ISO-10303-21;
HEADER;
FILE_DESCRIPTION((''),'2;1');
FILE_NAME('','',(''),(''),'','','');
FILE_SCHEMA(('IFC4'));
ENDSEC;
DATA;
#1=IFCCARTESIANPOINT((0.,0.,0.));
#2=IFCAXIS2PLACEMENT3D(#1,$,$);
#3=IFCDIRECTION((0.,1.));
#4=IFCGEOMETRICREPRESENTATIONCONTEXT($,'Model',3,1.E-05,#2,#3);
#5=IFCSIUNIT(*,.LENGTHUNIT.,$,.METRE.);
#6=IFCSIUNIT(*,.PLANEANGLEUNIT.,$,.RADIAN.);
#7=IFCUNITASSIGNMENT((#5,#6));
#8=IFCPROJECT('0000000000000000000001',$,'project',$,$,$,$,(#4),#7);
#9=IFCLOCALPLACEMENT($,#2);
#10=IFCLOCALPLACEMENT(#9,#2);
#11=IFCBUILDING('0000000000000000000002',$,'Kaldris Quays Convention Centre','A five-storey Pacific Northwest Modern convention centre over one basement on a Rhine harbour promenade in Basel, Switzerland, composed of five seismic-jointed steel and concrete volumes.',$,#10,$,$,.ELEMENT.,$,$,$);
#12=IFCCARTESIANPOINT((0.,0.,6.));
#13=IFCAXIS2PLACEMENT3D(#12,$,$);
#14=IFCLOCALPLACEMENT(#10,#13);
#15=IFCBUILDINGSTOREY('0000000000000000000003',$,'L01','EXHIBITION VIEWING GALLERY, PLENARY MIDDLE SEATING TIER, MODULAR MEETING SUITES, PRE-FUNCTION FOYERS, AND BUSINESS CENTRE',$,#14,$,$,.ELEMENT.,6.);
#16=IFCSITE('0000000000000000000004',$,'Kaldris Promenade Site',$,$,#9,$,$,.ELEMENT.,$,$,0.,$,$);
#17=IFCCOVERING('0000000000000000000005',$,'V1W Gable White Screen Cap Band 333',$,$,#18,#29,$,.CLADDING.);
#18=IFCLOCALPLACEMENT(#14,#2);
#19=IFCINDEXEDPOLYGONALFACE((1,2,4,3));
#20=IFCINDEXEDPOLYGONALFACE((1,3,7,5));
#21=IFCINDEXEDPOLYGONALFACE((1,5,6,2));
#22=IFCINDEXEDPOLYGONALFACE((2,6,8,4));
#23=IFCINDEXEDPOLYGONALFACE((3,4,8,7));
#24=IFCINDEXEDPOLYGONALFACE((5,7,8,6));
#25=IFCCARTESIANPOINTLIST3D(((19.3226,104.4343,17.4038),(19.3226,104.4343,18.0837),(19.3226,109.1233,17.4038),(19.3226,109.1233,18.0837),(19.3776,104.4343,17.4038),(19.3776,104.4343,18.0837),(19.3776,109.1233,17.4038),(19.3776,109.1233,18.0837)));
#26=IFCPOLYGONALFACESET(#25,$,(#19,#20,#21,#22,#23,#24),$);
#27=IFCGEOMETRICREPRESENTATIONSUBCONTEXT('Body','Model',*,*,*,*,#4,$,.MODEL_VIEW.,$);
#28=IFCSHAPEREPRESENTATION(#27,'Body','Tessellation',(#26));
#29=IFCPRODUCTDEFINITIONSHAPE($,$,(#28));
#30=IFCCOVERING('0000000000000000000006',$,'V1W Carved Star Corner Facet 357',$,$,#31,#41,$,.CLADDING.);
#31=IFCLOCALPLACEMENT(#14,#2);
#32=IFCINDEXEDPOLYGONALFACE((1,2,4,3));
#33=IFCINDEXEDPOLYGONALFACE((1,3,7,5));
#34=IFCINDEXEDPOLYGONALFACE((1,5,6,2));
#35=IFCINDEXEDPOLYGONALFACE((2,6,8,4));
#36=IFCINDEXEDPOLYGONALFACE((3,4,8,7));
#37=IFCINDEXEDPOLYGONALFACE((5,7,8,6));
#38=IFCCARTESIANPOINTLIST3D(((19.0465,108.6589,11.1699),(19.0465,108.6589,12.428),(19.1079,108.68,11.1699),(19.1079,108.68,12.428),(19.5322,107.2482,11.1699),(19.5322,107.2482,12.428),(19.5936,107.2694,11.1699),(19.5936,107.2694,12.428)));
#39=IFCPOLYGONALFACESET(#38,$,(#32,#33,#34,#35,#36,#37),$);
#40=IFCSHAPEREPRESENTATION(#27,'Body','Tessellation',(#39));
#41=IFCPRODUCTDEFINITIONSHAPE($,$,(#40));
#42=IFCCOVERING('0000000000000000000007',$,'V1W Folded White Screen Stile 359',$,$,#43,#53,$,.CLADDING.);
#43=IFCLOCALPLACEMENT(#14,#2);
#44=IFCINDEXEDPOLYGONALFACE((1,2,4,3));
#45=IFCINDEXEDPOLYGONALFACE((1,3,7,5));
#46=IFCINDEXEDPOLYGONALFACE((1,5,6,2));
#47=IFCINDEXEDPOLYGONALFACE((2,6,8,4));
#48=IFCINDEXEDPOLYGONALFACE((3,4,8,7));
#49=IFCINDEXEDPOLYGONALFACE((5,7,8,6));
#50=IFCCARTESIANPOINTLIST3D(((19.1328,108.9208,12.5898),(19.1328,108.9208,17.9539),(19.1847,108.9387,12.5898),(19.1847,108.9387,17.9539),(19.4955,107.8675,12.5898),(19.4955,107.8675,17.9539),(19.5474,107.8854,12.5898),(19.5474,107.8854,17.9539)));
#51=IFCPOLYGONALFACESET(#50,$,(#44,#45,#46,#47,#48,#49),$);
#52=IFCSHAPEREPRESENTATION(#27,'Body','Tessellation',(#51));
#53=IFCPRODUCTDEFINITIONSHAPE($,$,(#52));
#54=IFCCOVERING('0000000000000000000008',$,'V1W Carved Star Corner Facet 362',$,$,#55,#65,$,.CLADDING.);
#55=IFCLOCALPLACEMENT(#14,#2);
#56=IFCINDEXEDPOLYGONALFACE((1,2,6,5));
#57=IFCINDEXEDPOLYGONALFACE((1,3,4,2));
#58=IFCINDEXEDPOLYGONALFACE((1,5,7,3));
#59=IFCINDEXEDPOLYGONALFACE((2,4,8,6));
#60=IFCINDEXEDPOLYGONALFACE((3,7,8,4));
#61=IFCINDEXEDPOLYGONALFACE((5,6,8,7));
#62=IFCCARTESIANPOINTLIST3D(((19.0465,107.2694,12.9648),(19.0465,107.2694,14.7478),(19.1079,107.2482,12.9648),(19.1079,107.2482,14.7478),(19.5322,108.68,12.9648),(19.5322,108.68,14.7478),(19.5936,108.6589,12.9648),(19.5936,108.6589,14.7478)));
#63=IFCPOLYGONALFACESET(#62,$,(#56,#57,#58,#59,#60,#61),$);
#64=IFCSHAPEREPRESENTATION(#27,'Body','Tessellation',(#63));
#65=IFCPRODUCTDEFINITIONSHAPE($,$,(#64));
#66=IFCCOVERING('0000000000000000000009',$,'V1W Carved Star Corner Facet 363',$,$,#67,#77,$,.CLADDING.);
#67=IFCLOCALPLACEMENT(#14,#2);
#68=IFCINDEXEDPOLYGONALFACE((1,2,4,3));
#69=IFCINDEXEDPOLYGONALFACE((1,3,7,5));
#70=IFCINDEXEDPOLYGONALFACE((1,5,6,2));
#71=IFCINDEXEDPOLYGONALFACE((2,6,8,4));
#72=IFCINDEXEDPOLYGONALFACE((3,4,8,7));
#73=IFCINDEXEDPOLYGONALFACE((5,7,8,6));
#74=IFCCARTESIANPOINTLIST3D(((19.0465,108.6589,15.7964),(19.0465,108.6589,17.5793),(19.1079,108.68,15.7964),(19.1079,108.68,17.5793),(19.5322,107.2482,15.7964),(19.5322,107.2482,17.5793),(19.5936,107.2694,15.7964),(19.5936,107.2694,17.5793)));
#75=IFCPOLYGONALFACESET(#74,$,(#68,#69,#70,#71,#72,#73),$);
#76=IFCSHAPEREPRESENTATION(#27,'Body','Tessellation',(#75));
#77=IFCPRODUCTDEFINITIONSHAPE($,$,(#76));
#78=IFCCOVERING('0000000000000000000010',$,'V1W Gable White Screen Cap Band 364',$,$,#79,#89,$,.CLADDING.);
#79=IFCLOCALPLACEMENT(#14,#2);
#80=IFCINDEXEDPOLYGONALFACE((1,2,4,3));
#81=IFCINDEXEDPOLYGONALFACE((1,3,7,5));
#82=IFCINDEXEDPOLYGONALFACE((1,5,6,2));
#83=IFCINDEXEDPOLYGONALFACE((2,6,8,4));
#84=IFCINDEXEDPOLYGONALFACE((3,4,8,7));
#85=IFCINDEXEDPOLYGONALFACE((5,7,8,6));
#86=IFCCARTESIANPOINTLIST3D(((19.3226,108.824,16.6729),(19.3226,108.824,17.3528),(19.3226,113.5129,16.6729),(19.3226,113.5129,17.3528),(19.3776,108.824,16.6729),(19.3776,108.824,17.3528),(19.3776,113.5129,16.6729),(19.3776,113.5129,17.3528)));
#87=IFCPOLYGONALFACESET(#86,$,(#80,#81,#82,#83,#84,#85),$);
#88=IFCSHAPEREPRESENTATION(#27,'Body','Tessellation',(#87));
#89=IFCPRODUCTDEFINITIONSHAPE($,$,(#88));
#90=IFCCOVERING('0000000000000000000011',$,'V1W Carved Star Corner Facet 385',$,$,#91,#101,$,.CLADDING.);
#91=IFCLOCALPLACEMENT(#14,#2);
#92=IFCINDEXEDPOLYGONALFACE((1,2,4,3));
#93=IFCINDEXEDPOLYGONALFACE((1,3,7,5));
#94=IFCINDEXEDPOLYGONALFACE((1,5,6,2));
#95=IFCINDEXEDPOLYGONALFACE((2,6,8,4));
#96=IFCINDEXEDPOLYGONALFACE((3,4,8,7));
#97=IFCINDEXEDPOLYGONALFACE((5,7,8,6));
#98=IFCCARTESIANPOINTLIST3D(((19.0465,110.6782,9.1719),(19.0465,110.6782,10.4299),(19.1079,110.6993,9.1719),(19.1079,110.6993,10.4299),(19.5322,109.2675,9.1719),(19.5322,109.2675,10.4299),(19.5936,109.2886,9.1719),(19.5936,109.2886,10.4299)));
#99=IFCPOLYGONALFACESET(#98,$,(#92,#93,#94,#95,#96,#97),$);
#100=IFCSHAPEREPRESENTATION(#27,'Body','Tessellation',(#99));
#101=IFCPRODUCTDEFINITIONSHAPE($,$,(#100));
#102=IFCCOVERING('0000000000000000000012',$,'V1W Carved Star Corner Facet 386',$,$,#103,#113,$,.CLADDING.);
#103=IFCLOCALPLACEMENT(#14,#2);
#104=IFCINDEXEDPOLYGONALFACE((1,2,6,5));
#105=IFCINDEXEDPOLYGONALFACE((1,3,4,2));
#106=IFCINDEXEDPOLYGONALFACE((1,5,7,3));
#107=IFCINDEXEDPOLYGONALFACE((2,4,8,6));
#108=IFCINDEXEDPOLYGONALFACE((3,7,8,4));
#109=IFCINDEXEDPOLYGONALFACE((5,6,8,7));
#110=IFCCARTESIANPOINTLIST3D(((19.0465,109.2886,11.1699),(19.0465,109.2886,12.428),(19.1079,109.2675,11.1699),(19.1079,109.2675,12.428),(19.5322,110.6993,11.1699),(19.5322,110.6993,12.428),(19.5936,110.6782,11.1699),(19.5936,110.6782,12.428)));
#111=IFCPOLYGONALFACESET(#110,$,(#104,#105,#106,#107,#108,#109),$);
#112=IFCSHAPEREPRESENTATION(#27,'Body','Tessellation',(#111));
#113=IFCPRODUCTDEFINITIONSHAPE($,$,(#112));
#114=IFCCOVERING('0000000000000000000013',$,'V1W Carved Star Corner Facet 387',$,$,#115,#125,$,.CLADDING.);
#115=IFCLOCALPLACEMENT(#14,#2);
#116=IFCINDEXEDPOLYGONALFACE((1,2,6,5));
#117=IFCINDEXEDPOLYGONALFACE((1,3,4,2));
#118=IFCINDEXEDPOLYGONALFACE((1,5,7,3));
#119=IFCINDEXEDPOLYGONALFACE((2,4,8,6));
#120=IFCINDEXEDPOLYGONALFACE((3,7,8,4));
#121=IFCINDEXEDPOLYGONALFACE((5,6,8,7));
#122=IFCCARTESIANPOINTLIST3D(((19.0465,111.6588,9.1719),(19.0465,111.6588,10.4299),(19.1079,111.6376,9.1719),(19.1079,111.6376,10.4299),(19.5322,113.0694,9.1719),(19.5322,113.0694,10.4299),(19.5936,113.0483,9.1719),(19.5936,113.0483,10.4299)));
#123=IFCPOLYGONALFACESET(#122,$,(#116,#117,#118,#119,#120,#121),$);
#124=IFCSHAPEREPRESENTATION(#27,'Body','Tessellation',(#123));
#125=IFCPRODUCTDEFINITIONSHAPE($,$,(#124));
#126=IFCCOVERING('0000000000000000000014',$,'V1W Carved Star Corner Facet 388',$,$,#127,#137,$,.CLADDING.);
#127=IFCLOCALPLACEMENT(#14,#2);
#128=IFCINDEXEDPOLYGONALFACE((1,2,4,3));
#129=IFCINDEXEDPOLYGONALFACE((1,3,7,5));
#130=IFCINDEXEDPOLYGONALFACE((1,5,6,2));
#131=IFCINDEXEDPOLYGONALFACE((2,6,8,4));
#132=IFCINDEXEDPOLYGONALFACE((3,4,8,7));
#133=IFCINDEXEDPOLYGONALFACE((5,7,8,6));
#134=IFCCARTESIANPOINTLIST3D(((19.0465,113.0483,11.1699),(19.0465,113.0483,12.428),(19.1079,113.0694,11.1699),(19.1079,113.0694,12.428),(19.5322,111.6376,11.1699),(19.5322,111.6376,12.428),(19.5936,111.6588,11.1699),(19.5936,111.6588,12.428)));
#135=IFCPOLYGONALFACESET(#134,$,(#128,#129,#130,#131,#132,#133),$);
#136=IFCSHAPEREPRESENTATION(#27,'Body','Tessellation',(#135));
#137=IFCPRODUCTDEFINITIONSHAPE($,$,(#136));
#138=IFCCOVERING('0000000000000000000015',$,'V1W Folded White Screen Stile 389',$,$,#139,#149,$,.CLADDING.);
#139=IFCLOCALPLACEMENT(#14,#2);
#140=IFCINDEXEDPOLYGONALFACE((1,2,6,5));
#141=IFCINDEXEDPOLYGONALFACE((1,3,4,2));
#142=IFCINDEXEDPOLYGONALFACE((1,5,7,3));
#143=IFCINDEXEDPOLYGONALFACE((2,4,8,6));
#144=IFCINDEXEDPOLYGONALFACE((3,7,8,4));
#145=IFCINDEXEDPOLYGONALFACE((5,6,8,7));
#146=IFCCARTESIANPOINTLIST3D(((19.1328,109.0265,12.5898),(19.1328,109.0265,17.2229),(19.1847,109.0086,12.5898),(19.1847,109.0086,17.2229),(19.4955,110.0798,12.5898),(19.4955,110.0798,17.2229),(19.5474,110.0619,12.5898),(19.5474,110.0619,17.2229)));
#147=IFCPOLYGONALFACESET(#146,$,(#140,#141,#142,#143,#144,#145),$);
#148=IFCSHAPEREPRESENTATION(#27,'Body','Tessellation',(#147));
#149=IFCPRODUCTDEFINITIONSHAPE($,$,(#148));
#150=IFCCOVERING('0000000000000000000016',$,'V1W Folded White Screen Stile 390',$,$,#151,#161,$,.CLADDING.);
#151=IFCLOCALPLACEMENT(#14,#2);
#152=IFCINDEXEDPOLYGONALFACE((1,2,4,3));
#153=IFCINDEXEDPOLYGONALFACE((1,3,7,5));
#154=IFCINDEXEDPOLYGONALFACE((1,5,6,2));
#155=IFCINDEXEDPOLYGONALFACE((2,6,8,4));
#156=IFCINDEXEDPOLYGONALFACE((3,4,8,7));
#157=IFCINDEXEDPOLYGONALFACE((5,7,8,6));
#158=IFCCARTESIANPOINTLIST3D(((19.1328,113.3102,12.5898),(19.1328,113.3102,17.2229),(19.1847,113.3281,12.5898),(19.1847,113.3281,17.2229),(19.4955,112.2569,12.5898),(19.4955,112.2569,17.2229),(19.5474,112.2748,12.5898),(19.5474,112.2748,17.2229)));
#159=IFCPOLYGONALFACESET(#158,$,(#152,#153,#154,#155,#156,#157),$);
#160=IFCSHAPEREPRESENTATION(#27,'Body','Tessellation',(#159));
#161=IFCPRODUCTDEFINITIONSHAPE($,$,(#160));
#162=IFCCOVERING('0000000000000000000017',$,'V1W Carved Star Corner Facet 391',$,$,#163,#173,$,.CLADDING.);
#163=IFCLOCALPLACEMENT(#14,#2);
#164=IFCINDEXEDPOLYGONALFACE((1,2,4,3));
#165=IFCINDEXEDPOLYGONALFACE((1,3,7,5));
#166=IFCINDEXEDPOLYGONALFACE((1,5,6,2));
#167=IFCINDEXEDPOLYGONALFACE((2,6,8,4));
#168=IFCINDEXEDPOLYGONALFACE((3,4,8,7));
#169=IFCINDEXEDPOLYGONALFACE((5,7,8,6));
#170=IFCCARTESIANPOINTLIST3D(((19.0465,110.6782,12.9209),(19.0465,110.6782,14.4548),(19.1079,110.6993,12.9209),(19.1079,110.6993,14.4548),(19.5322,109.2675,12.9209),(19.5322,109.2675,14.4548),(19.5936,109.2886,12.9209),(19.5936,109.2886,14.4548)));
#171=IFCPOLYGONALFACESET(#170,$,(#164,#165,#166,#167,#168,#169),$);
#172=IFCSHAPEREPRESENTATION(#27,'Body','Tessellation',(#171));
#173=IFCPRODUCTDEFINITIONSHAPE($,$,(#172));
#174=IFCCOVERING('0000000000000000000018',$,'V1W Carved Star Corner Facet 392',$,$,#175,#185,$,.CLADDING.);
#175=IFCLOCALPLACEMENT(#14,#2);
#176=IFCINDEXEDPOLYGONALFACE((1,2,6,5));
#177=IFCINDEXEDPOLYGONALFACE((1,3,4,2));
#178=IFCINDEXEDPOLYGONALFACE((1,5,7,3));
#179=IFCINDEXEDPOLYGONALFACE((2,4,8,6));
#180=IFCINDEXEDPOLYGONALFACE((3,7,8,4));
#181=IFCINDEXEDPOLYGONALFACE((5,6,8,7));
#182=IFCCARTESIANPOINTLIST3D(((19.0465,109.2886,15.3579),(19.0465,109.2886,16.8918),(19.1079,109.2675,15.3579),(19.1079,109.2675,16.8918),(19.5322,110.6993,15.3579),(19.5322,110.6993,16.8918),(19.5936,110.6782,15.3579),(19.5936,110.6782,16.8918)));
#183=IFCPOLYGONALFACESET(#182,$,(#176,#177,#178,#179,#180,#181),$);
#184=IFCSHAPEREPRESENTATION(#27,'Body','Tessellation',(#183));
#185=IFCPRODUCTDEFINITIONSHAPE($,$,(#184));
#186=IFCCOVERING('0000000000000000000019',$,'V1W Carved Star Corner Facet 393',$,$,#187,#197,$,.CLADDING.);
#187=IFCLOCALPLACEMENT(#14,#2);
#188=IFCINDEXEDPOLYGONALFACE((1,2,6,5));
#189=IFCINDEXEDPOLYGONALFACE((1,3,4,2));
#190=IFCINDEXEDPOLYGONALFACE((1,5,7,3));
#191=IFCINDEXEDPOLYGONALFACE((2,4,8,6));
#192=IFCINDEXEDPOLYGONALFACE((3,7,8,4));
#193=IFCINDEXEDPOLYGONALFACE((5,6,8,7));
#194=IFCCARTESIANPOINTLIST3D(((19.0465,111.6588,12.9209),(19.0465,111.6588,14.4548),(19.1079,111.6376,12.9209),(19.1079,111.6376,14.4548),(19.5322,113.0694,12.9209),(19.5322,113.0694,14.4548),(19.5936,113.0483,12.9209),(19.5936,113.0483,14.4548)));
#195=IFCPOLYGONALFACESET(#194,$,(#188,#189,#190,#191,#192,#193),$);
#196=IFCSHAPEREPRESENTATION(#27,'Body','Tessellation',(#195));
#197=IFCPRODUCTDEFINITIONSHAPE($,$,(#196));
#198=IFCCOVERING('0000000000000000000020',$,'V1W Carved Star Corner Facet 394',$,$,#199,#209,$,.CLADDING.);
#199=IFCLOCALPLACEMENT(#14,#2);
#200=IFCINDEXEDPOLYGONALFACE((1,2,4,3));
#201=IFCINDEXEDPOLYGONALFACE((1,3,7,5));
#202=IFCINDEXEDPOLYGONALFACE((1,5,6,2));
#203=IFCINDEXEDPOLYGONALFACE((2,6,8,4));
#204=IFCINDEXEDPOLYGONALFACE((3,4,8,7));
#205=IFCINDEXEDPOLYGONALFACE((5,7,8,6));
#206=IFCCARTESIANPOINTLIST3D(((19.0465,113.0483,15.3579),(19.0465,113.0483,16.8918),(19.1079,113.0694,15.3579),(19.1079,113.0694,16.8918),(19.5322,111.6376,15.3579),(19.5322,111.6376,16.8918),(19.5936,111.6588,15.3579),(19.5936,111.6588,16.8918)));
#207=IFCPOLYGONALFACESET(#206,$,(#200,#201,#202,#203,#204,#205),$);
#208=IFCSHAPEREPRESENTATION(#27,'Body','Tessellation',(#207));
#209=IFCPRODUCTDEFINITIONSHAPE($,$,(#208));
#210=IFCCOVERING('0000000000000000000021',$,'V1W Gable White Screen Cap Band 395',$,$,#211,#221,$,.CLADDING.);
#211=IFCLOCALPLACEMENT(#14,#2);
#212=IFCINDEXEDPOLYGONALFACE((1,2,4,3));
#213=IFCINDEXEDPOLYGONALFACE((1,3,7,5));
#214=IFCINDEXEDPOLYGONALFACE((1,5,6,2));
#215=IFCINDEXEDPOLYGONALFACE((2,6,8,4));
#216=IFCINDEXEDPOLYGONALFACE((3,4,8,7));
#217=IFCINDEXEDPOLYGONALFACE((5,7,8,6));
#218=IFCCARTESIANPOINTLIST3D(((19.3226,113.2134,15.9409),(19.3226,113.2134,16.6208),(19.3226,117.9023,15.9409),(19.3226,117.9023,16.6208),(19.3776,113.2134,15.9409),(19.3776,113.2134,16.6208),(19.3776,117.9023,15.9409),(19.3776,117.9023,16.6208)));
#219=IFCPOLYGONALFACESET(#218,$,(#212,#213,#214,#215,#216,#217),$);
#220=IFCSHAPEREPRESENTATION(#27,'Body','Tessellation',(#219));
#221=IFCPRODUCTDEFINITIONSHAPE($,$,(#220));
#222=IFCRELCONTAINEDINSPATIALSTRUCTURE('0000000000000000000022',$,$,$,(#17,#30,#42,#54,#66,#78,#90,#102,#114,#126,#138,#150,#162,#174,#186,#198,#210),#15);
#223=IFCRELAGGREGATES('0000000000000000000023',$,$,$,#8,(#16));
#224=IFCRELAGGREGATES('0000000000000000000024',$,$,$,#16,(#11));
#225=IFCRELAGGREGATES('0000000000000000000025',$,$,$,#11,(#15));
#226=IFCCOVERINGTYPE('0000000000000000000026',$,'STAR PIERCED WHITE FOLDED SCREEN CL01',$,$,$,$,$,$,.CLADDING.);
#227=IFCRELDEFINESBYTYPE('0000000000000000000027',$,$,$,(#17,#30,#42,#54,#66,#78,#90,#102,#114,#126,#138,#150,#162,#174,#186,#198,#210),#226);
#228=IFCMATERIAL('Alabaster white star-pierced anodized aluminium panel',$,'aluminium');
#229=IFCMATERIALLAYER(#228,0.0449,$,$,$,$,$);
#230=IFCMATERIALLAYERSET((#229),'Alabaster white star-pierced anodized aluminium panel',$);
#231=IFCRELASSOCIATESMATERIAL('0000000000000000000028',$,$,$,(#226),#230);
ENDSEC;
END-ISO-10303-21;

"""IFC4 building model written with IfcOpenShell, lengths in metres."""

from ifc_helpers import new_model, si_unit, direction, frame, origin, origin_2d, place, context, subcontext, project, spatial, rectangle, extrude, material, layer, layer_set, type_object, element, save


model = new_model("IFC4")

# Units and contexts
model_context = context("Model", 3, precision=1e-05, world=origin(), true_north=direction((0.0, 1.0)))
body_context = subcontext(model_context, "Body", "Model", "MODEL_VIEW")
ifc_project = project(units=[si_unit("LENGTHUNIT", "METRE"), si_unit("PLANEANGLEUNIT", "RADIAN")], contexts=[model_context])

# Site, building, storey
site_placement = place(None, origin())
site = spatial("IfcSite", under=ifc_project, at=site_placement, Name="Kaldris Promenade Site", CompositionType="ELEMENT", RefElevation=0.0)
building_placement = place(site_placement, origin())
building = spatial("IfcBuilding", under=site, at=building_placement, Name="Kaldris Quays Convention Centre", Description="A five-storey Pacific Northwest Modern convention centre over one basement on a Rhine harbour promenade in Basel, Switzerland, composed of five seismic-jointed steel and concrete volumes.", CompositionType="ELEMENT")
storey_placement = place(building_placement, frame((0.0, 0.0, 6.0)))
storey = spatial("IfcBuildingStorey", under=building, at=storey_placement, Name="L01", Description="EXHIBITION VIEWING GALLERY, PLENARY MIDDLE SEATING TIER, MODULAR MEETING SUITES, PRE-FUNCTION FOYERS, AND BUSINESS CENTRE", CompositionType="ELEMENT", Elevation=6.0)

# Coverings
ifc_material_1 = material(Name="Alabaster white star-pierced anodized aluminium panel", Category="aluminium")
ifc_layer = layer(ifc_material_1, 0.0449)
ifc_layer_set = layer_set([ifc_layer], Name="Alabaster white star-pierced anodized aluminium panel")
covering_type = type_object("IfcCoveringType", Name="STAR PIERCED WHITE FOLDED SCREEN CL01", PredefinedType="CLADDING", material=ifc_layer_set)
covering_1_placement = place(storey_placement, frame((19.3501, 106.7788, 17.4038), z_axis=(0.0, 0.0, 1.0), x_axis=(0.0, 1.0, 0.0)))
element("IfcCovering", 1, at=covering_1_placement, inside=storey, type_object=covering_type, Name="V1W Gable White Screen Cap Band 333", PredefinedType="CLADDING", context=body_context, shape_type="SweptSolid", body=[
    extrude(rectangle(XDim=4.689, YDim=0.0549, at=origin_2d()), origin(), (0.0, 0.0, 1.0), 0.6799),
])
covering_2_placement = place(storey_placement, frame((19.3201, 107.9641, 11.1699), z_axis=(0.0, 0.0, 1.0), x_axis=(-0.325568, 0.945519, 0.0)))
element("IfcCovering", 2, at=covering_2_placement, inside=storey, type_object=covering_type, Name="V1W Carved Star Corner Facet 357", PredefinedType="CLADDING", context=body_context, shape_type="SweptSolid", body=[
    extrude(rectangle(XDim=1.4919, YDim=0.0649, at=origin_2d()), origin(), (0.0, 0.0, 1.0), 1.2581),
])
covering_3_placement = place(storey_placement, frame((19.3401, 108.4031, 12.5898), z_axis=(0.0, 0.0, 1.0), x_axis=(-0.325568, 0.945519, 0.0)))
element("IfcCovering", 3, at=covering_3_placement, inside=storey, type_object=covering_type, Name="V1W Folded White Screen Stile 359", PredefinedType="CLADDING", context=body_context, shape_type="SweptSolid", body=[
    extrude(rectangle(XDim=1.114, YDim=0.0549, at=origin_2d()), origin(), (0.0, 0.0, 1.0), 5.364),
])
for number, where, z_axis, x_axis, name in (
    (4, (19.3201, 107.9641, 12.9648), (0.0, 0.0, 1.0), (0.325568, 0.945519, 0.0), "V1W Carved Star Corner Facet 362"),
    (5, (19.3201, 107.9641, 15.7964), (0.0, 0.0, 1.0), (-0.325568, 0.945519, 0.0), "V1W Carved Star Corner Facet 363"),
):
    element("IfcCovering", number, at=place(storey_placement, frame(where, z_axis=z_axis, x_axis=x_axis)), inside=storey, type_object=covering_type, Name=name, PredefinedType="CLADDING", context=body_context, shape_type="SweptSolid", body=[
        extrude(rectangle(XDim=1.4919, YDim=0.0649, at=origin_2d()), origin(), (0.0, 0.0, 1.0), 1.783),
    ])
covering_4_placement = place(storey_placement, frame((19.3501, 111.1685, 16.6729), z_axis=(0.0, 0.0, 1.0), x_axis=(0.0, 1.0, 0.0)))
element("IfcCovering", 6, at=covering_4_placement, inside=storey, type_object=covering_type, Name="V1W Gable White Screen Cap Band 364", PredefinedType="CLADDING", context=body_context, shape_type="SweptSolid", body=[
    extrude(rectangle(XDim=4.689, YDim=0.0549, at=origin_2d()), origin(), (0.0, 0.0, 1.0), 0.6799),
])
for number, where, z_axis, x_axis, name in (
    (7, (19.3201, 109.9834, 9.1719), (0.0, 0.0, 1.0), (-0.325568, 0.945519, 0.0), "V1W Carved Star Corner Facet 385"),
    (8, (19.3201, 109.9834, 11.1699), (0.0, 0.0, 1.0), (0.325568, 0.945519, 0.0), "V1W Carved Star Corner Facet 386"),
    (9, (19.3201, 112.3535, 9.1719), (0.0, 0.0, 1.0), (0.325568, 0.945519, 0.0), "V1W Carved Star Corner Facet 387"),
    (10, (19.3201, 112.3535, 11.1699), (0.0, 0.0, 1.0), (-0.325568, 0.945519, 0.0), "V1W Carved Star Corner Facet 388"),
):
    element("IfcCovering", number, at=place(storey_placement, frame(where, z_axis=z_axis, x_axis=x_axis)), inside=storey, type_object=covering_type, Name=name, PredefinedType="CLADDING", context=body_context, shape_type="SweptSolid", body=[
        extrude(rectangle(XDim=1.4919, YDim=0.0649, at=origin_2d()), origin(), (0.0, 0.0, 1.0), 1.2581),
    ])
for number, where, z_axis, x_axis, name in (
    (11, (19.3401, 109.5442, 12.5898), (0.0, 0.0, 1.0), (0.325568, 0.945519, 0.0), "V1W Folded White Screen Stile 389"),
    (12, (19.3401, 112.7925, 12.5898), (0.0, 0.0, 1.0), (-0.325568, 0.945519, 0.0), "V1W Folded White Screen Stile 390"),
):
    element("IfcCovering", number, at=place(storey_placement, frame(where, z_axis=z_axis, x_axis=x_axis)), inside=storey, type_object=covering_type, Name=name, PredefinedType="CLADDING", context=body_context, shape_type="SweptSolid", body=[
        extrude(rectangle(XDim=1.114, YDim=0.0549, at=origin_2d()), origin(), (0.0, 0.0, 1.0), 4.6331),
    ])
for number, where, z_axis, x_axis, name in (
    (13, (19.3201, 109.9834, 12.9209), (0.0, 0.0, 1.0), (-0.325568, 0.945519, 0.0), "V1W Carved Star Corner Facet 391"),
    (14, (19.3201, 109.9834, 15.3579), (0.0, 0.0, 1.0), (0.325568, 0.945519, 0.0), "V1W Carved Star Corner Facet 392"),
    (15, (19.3201, 112.3535, 12.9209), (0.0, 0.0, 1.0), (0.325568, 0.945519, 0.0), "V1W Carved Star Corner Facet 393"),
    (16, (19.3201, 112.3535, 15.3579), (0.0, 0.0, 1.0), (-0.325568, 0.945519, 0.0), "V1W Carved Star Corner Facet 394"),
):
    element("IfcCovering", number, at=place(storey_placement, frame(where, z_axis=z_axis, x_axis=x_axis)), inside=storey, type_object=covering_type, Name=name, PredefinedType="CLADDING", context=body_context, shape_type="SweptSolid", body=[
        extrude(rectangle(XDim=1.4919, YDim=0.0649, at=origin_2d()), origin(), (0.0, 0.0, 1.0), 1.5339),
    ])
covering_5_placement = place(storey_placement, frame((19.3501, 115.5579, 15.9409), z_axis=(0.0, 0.0, 1.0), x_axis=(0.0, 1.0, 0.0)))
element("IfcCovering", 17, at=covering_5_placement, inside=storey, type_object=covering_type, Name="V1W Gable White Screen Cap Band 395", PredefinedType="CLADDING", context=body_context, shape_type="SweptSolid", body=[
    extrude(rectangle(XDim=4.689, YDim=0.0549, at=origin_2d()), origin(), (0.0, 0.0, 1.0), 0.6799),
])

save(model, "model.ifc")
